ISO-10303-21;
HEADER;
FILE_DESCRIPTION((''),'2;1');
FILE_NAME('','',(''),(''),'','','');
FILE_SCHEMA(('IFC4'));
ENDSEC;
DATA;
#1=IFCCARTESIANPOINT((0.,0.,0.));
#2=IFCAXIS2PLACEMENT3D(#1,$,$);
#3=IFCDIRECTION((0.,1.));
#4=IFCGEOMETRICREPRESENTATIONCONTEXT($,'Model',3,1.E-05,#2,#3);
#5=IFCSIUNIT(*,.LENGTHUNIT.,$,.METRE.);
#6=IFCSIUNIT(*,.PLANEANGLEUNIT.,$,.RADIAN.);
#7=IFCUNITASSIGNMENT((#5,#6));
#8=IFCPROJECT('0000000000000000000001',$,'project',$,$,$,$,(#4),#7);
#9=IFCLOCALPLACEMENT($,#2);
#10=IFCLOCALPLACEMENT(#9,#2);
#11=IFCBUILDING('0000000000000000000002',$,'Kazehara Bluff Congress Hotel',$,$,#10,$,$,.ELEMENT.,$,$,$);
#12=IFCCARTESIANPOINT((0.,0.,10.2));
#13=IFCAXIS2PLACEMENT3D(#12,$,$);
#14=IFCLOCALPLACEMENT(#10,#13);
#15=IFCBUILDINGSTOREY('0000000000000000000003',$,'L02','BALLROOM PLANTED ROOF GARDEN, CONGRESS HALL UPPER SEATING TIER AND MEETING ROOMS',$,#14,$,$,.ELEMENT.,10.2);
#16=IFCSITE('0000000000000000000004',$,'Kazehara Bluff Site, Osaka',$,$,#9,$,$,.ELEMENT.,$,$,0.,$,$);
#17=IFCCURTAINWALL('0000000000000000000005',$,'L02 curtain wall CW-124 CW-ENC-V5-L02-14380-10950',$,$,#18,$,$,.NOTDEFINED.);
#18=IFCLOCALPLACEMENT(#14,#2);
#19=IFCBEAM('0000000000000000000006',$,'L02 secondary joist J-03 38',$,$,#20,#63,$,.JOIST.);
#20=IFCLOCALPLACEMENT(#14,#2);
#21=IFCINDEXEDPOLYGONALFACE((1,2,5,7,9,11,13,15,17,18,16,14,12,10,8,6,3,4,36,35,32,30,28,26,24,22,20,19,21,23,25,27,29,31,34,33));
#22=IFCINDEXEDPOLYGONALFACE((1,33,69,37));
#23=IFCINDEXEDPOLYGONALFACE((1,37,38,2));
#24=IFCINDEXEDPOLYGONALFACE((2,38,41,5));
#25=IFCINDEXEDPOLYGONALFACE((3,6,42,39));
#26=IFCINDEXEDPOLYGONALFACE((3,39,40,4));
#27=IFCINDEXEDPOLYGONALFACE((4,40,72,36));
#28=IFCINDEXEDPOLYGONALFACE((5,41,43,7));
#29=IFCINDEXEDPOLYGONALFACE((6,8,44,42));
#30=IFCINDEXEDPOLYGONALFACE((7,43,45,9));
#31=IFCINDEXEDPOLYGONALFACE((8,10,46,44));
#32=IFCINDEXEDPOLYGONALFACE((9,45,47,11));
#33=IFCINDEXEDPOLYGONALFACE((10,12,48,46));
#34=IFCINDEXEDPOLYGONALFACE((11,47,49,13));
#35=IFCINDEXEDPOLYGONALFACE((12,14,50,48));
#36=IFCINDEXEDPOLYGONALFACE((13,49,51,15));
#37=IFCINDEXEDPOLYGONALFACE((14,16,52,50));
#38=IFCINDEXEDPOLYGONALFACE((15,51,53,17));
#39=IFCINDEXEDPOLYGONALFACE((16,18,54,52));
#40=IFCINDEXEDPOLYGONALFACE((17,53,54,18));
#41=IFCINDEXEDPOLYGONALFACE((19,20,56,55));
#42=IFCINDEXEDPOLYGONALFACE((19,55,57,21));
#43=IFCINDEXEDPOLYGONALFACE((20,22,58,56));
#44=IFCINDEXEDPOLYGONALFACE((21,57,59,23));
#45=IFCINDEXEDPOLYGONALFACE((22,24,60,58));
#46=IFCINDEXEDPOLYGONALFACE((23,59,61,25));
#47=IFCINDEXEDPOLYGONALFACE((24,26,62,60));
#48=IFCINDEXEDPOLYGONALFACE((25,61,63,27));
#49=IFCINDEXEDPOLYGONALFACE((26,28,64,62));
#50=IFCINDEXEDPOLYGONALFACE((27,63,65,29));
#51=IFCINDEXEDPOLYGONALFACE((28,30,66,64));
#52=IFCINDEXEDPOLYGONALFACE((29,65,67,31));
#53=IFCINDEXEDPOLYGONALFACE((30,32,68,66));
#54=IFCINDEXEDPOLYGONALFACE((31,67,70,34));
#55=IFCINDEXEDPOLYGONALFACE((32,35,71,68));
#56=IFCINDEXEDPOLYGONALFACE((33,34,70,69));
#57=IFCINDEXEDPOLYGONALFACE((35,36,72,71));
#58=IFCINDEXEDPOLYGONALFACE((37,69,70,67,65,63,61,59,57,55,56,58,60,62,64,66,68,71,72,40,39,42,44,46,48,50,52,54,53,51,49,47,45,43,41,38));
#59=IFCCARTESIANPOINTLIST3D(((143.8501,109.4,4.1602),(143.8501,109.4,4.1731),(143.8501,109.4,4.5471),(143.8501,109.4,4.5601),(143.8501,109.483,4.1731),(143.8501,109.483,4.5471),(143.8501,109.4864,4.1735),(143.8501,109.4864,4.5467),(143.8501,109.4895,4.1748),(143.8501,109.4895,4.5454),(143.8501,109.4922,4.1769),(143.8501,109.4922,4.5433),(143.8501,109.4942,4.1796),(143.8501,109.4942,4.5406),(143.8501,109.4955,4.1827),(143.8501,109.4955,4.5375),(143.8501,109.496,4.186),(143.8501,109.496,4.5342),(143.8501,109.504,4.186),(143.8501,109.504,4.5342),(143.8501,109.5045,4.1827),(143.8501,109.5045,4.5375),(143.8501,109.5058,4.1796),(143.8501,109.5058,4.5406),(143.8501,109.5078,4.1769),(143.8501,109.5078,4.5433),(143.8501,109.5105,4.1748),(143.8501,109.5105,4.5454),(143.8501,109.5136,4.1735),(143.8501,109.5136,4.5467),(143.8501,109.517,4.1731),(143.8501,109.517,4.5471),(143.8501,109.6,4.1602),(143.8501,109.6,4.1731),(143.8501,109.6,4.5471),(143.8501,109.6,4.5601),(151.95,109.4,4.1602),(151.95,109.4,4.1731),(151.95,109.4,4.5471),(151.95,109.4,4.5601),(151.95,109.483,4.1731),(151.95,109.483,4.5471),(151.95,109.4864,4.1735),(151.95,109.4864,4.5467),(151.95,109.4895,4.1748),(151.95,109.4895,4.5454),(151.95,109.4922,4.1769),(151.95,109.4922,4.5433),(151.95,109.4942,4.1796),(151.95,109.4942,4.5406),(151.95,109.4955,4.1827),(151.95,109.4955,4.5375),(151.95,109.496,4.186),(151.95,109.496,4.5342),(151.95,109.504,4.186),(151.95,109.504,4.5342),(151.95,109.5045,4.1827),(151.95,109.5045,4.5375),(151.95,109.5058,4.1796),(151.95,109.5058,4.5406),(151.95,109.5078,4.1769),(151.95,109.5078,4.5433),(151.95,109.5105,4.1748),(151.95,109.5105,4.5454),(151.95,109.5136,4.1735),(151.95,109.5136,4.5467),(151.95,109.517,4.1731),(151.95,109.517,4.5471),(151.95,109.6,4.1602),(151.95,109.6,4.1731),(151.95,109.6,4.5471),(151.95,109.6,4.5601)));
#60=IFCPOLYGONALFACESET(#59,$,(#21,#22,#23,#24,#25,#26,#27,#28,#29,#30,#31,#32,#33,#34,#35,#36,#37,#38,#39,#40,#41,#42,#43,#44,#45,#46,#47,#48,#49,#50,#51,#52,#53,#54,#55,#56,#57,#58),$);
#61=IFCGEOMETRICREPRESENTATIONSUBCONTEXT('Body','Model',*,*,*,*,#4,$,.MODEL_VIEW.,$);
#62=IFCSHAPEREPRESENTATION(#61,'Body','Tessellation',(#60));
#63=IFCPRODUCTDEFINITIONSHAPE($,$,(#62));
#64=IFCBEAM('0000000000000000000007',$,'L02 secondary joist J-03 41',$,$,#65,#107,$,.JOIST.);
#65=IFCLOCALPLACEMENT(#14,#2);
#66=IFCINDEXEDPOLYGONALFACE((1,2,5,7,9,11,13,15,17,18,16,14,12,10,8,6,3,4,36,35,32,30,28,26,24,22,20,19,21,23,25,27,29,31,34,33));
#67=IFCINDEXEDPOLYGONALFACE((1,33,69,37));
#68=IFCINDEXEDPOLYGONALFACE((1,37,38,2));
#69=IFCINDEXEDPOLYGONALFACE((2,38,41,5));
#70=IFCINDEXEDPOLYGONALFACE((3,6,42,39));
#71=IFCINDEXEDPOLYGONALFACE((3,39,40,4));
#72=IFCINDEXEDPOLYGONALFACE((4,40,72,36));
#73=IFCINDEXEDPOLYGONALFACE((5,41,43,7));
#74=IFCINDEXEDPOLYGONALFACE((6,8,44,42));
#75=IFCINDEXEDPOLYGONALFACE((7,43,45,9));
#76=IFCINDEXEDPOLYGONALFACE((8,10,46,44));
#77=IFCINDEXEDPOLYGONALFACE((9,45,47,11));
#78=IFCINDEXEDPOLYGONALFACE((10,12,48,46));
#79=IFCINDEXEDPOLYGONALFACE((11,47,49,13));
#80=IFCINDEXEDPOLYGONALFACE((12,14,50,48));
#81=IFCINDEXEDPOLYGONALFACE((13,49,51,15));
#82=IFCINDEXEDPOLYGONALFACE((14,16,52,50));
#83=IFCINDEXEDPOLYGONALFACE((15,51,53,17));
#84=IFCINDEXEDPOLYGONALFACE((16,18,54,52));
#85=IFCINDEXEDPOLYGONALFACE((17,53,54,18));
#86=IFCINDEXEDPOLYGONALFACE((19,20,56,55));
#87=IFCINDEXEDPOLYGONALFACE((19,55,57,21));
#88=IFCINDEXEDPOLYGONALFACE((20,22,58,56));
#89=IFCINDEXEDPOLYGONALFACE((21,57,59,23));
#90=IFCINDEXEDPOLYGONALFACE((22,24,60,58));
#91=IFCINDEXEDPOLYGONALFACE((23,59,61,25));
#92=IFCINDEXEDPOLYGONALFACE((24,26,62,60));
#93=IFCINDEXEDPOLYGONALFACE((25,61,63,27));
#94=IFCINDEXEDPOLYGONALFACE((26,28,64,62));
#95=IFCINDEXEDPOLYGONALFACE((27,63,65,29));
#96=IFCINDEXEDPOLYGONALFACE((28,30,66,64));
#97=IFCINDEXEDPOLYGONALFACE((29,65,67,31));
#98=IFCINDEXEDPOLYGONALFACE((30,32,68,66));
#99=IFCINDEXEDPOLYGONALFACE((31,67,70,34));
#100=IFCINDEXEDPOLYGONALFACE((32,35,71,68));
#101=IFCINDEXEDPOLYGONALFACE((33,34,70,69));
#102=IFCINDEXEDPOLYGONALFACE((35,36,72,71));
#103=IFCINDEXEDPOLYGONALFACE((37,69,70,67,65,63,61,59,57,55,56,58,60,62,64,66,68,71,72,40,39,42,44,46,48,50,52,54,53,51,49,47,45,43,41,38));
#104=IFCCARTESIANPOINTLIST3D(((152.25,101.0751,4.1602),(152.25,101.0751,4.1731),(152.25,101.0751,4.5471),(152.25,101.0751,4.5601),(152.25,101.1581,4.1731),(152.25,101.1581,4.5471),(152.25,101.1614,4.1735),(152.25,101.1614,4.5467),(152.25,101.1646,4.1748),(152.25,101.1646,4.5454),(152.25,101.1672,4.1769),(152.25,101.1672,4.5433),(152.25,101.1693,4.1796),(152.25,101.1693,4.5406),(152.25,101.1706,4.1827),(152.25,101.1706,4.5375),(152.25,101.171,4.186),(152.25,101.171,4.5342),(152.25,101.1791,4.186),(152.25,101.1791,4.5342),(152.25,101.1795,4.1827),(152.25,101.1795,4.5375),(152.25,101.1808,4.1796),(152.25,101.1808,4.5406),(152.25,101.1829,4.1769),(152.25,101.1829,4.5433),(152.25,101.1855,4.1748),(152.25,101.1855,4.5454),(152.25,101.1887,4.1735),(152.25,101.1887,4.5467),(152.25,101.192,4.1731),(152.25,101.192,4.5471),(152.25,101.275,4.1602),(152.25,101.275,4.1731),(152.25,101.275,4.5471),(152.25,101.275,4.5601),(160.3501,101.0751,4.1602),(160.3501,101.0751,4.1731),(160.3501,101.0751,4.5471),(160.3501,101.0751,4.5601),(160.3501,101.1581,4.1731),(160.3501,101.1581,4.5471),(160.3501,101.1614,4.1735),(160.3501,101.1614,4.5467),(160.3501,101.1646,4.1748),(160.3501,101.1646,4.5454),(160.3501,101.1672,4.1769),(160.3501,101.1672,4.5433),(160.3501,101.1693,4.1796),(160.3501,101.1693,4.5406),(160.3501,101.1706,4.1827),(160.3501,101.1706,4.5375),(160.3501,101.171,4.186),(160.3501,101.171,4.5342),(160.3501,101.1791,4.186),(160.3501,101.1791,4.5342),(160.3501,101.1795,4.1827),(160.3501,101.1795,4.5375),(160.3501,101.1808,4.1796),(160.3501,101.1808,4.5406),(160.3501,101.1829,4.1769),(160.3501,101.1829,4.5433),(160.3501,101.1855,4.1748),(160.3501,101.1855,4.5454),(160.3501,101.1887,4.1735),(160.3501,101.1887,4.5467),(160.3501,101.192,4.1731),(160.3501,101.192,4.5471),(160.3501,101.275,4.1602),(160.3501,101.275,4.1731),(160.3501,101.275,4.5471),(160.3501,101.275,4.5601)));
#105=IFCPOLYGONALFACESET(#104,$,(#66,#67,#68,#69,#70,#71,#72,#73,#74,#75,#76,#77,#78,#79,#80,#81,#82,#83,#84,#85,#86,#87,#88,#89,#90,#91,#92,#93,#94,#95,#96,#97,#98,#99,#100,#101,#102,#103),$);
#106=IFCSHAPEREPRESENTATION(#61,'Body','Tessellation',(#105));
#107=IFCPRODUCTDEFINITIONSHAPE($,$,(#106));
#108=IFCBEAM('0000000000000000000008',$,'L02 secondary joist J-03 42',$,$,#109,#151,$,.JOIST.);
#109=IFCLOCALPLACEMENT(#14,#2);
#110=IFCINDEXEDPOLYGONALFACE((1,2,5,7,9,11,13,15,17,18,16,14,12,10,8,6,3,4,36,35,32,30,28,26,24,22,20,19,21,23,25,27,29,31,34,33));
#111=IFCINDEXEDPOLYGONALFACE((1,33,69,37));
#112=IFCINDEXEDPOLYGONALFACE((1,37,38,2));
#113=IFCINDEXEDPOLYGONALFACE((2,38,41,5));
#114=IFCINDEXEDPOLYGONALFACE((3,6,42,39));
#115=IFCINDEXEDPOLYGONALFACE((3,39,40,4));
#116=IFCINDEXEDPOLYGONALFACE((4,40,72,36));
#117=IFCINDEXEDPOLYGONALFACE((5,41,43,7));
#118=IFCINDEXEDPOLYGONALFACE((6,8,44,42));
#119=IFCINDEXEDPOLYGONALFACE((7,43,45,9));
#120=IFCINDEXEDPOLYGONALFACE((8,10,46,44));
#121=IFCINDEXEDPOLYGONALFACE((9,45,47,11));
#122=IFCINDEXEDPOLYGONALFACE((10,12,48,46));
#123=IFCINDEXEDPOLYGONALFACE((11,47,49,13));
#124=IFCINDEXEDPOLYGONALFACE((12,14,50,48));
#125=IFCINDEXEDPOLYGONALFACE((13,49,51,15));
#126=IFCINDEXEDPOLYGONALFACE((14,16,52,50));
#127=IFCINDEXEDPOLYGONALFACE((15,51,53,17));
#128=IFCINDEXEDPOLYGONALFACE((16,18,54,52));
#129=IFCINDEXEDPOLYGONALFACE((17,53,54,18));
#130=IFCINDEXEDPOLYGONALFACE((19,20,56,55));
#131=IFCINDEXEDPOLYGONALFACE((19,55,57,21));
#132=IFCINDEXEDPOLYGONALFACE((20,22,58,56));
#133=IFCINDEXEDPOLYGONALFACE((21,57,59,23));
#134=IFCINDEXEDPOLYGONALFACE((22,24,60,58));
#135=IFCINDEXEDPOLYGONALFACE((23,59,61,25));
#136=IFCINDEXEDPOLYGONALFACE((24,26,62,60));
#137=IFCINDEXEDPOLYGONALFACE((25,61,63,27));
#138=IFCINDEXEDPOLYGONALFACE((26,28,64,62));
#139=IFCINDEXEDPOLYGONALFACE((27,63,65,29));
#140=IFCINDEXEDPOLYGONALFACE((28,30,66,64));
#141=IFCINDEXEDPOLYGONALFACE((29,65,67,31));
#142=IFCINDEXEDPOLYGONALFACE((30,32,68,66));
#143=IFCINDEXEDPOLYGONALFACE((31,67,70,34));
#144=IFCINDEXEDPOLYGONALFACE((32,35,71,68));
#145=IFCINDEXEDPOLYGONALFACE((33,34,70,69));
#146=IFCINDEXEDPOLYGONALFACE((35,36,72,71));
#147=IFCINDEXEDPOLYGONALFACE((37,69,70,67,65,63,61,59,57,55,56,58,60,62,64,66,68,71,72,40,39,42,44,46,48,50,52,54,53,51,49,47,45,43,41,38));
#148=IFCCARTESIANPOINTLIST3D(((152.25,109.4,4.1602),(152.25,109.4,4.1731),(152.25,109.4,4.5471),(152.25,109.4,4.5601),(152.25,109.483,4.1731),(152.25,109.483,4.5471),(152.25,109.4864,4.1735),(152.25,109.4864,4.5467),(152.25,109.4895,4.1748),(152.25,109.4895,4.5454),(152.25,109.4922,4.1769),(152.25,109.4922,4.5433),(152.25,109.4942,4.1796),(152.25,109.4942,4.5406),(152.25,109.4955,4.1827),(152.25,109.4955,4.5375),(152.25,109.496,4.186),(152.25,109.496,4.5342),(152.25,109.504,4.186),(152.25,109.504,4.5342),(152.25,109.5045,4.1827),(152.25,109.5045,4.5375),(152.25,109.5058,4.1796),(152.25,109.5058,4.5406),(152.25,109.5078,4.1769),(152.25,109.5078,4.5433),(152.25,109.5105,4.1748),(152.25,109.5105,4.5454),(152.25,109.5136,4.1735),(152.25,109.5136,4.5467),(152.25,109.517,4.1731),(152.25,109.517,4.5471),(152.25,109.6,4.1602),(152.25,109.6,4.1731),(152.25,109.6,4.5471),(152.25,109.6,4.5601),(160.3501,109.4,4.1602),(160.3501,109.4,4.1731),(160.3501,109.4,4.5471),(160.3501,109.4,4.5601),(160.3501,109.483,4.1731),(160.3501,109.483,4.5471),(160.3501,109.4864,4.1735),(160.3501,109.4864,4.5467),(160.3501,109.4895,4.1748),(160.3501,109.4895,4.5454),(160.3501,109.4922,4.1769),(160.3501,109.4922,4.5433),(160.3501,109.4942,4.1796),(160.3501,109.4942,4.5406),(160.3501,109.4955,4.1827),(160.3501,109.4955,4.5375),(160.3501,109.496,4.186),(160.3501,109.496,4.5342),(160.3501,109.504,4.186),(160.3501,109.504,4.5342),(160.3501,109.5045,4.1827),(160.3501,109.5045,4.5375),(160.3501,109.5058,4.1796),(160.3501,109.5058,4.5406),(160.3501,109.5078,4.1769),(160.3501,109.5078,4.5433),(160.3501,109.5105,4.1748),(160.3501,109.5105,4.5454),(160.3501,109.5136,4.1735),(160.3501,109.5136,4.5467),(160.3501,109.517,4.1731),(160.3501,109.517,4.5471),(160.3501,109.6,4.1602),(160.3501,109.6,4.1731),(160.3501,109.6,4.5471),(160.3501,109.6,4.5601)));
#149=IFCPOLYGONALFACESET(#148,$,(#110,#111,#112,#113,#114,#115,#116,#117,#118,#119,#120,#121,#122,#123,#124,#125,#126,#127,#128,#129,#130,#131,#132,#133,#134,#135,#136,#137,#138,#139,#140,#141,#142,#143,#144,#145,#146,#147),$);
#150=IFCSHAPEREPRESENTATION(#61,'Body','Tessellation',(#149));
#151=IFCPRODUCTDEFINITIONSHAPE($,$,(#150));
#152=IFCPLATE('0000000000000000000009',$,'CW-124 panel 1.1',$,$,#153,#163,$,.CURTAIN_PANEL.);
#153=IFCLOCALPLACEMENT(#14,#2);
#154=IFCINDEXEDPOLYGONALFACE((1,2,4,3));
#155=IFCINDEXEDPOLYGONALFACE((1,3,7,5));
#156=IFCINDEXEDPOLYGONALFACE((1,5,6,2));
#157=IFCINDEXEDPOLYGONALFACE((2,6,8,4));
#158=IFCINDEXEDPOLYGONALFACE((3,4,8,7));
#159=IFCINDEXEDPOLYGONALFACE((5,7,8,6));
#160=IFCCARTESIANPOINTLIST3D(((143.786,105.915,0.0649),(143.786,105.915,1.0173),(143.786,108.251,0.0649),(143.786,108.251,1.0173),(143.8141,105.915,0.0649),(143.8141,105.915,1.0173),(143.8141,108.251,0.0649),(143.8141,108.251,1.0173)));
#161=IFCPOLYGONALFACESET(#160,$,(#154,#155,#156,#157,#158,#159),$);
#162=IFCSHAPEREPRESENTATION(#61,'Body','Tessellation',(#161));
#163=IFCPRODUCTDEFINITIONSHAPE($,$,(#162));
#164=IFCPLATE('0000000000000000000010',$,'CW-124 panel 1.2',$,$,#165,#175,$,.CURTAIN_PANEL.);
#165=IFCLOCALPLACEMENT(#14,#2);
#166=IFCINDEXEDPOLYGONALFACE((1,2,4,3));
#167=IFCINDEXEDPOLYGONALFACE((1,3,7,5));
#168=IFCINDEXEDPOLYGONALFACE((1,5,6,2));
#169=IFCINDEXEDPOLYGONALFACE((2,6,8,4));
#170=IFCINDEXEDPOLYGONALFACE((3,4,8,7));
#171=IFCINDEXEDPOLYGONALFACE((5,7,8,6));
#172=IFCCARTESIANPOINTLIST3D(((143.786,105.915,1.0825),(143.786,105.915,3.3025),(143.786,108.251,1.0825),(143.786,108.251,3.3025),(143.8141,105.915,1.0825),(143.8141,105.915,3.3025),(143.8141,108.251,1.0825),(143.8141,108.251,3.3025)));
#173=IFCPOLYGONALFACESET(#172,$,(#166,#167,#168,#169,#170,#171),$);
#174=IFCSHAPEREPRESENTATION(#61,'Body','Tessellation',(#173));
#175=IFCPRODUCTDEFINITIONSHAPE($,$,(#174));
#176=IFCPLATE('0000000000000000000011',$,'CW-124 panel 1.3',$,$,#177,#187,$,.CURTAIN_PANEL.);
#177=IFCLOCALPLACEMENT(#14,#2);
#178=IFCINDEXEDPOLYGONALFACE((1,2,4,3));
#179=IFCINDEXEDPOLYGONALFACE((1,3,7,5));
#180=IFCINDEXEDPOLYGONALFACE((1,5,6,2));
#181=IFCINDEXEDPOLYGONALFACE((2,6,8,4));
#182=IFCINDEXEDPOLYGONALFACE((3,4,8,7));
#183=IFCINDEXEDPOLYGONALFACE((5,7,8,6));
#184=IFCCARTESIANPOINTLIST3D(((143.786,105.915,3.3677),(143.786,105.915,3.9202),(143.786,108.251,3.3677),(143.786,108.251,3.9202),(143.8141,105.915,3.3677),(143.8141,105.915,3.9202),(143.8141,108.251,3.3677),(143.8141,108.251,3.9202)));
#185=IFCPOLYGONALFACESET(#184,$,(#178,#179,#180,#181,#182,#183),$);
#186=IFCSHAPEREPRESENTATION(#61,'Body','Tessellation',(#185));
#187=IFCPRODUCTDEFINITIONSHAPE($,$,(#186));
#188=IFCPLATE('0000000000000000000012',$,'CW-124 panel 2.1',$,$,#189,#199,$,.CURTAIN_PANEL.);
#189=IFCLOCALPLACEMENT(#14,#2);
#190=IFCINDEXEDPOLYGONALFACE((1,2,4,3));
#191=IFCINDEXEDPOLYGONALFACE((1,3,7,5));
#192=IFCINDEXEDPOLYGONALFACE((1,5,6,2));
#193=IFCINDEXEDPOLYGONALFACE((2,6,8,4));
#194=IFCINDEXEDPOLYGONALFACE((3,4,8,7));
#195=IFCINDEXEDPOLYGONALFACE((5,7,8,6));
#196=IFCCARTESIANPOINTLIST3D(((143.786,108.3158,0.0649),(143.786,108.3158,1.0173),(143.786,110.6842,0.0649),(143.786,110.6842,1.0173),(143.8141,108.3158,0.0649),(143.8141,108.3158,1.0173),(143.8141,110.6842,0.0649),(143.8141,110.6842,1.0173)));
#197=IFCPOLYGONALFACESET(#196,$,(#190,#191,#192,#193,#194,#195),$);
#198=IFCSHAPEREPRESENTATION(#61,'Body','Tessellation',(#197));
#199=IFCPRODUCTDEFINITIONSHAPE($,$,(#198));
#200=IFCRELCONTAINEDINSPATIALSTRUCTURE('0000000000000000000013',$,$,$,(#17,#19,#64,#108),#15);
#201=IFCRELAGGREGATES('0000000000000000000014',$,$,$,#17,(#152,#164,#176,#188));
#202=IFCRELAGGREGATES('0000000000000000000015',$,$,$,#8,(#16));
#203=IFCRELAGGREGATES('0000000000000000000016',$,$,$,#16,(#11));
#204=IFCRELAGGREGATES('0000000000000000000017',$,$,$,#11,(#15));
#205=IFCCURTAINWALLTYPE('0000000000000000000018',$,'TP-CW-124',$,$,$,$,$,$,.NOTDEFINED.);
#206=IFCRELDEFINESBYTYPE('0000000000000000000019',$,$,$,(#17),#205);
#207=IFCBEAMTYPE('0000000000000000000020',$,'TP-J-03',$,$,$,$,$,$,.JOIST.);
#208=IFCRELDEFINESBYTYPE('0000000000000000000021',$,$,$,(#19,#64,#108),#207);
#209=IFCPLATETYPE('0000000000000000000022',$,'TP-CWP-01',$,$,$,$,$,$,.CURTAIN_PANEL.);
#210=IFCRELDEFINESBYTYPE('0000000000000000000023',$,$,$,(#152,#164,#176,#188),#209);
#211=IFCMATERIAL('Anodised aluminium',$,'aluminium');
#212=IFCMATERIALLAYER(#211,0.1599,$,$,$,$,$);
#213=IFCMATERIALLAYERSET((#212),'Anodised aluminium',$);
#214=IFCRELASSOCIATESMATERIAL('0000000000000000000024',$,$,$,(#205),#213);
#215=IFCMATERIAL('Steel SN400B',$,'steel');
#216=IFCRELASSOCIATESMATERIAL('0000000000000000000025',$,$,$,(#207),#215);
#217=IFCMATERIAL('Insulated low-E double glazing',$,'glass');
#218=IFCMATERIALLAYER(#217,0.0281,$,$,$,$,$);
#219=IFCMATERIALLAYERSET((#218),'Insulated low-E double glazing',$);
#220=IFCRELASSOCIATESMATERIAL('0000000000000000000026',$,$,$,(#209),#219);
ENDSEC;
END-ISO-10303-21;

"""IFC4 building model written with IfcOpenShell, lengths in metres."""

from ifc_helpers import new_model, si_unit, direction, frame, origin, origin_2d, place, context, subcontext, project, spatial, rectangle, i_section, extrude, material, layer, layer_set, material_profile, profile_set, type_object, element, aggregate, save


model = new_model("IFC4")

# Units and contexts
model_context = context("Model", 3, precision=1e-05, world=origin(), true_north=direction((0.0, 1.0)))
body_context = subcontext(model_context, "Body", "Model", "MODEL_VIEW")
ifc_project = project(units=[si_unit("LENGTHUNIT", "METRE"), si_unit("PLANEANGLEUNIT", "RADIAN")], contexts=[model_context])

# Site, building, storey
site_placement = place(None, origin())
site = spatial("IfcSite", under=ifc_project, at=site_placement, Name="Kazehara Bluff Site, Osaka", CompositionType="ELEMENT", RefElevation=0.0)
building_placement = place(site_placement, origin())
building = spatial("IfcBuilding", under=site, at=building_placement, Name="Kazehara Bluff Congress Hotel", CompositionType="ELEMENT")
storey_placement = place(building_placement, frame((0.0, 0.0, 10.2)))
storey = spatial("IfcBuildingStorey", under=building, at=storey_placement, Name="L02", Description="BALLROOM PLANTED ROOF GARDEN, CONGRESS HALL UPPER SEATING TIER AND MEETING ROOMS", CompositionType="ELEMENT", Elevation=10.2)

# Curtain wall
ifc_material_1 = material(Name="Anodised aluminium", Category="aluminium")
ifc_layer_1 = layer(ifc_material_1, 0.1599)
ifc_layer_set_1 = layer_set([ifc_layer_1], Name="Anodised aluminium")
curtain_wall_type = type_object("IfcCurtainWallType", Name="TP-CW-124", PredefinedType="NOTDEFINED", material=ifc_layer_set_1)
curtain_wall_placement = place(storey_placement, origin())
curtain_wall = element("IfcCurtainWall", 1, at=curtain_wall_placement, inside=storey, type_object=curtain_wall_type, Name="L02 curtain wall CW-124 CW-ENC-V5-L02-14380-10950", PredefinedType="NOTDEFINED")

# Beams
ifc_material_2 = material(Name="Steel SN400B", Category="steel")
ifc_material_profile_1 = material_profile(ifc_material_2, i_section(OverallWidth=0.2, OverallDepth=0.3999, WebThickness=0.0081, FlangeThickness=0.0129, FilletRadius=0.0129, at=origin_2d()))
ifc_profile_set_1 = profile_set([ifc_material_profile_1], Name="Steel SN400B")
beam_type_1 = type_object("IfcBeamType", Name="TP-J-03", PredefinedType="JOIST", material=ifc_profile_set_1)
for number, where, z_axis, x_axis, name in (
    (2, (143.8501, 109.5, 4.3601), (1.0, 0.0, 0.0), (0.0, 1.0, 0.0), "L02 secondary joist J-03 38"),
):
    element("IfcBeam", number, at=place(storey_placement, frame(where, z_axis=z_axis, x_axis=x_axis)), inside=storey, type_object=beam_type_1, Name=name, PredefinedType="JOIST", context=body_context, shape_type="SweptSolid", body=[
        extrude(i_section(OverallWidth=0.2, OverallDepth=0.3999, WebThickness=0.0081, FlangeThickness=0.0129, FilletRadius=0.0129, at=origin_2d()), origin(), (0.0, 0.0, 1.0), 8.0999),
    ])
for number, where, z_axis, x_axis, name in (
    (3, (152.25, 101.175, 4.3601), (1.0, 0.0, 0.0), (0.0, 1.0, 0.0), "L02 secondary joist J-03 41"),
    (4, (152.25, 109.5, 4.3601), (1.0, 0.0, 0.0), (0.0, 1.0, 0.0), "L02 secondary joist J-03 42"),
):
    element("IfcBeam", number, at=place(storey_placement, frame(where, z_axis=z_axis, x_axis=x_axis)), inside=storey, type_object=beam_type_1, Name=name, PredefinedType="JOIST", context=body_context, shape_type="SweptSolid", body=[
        extrude(i_section(OverallWidth=0.2, OverallDepth=0.3999, WebThickness=0.0081, FlangeThickness=0.0129, FilletRadius=0.0129, at=origin_2d()), origin(), (0.0, 0.0, 1.0), 8.1001),
    ])

# Plates
ifc_material_3 = material(Name="Insulated low-E double glazing", Category="glass")
ifc_layer_2 = layer(ifc_material_3, 0.0281)
ifc_layer_set_2 = layer_set([ifc_layer_2], Name="Insulated low-E double glazing")
plate_type = type_object("IfcPlateType", Name="TP-CWP-01", PredefinedType="CURTAIN_PANEL", material=ifc_layer_set_2)
plate_1_placement = place(storey_placement, frame((143.8, 107.083, 0.0649), z_axis=(0.0, 0.0, 1.0), x_axis=(0.0, 1.0, 0.0)))
plate_1 = element("IfcPlate", 5, at=plate_1_placement, type_object=plate_type, Name="CW-124 panel 1.1", PredefinedType="CURTAIN_PANEL", context=body_context, shape_type="SweptSolid", body=[
    extrude(rectangle(XDim=2.3359, YDim=0.0281, at=origin_2d()), origin(), (0.0, 0.0, 1.0), 0.9524),
])
plate_2_placement = place(storey_placement, frame((143.8, 107.083, 1.0825), z_axis=(0.0, 0.0, 1.0), x_axis=(0.0, 1.0, 0.0)))
plate_2 = element("IfcPlate", 6, at=plate_2_placement, type_object=plate_type, Name="CW-124 panel 1.2", PredefinedType="CURTAIN_PANEL", context=body_context, shape_type="SweptSolid", body=[
    extrude(rectangle(XDim=2.3359, YDim=0.0281, at=origin_2d()), origin(), (0.0, 0.0, 1.0), 2.22),
])
plate_3_placement = place(storey_placement, frame((143.8, 107.083, 3.3677), z_axis=(0.0, 0.0, 1.0), x_axis=(0.0, 1.0, 0.0)))
plate_3 = element("IfcPlate", 7, at=plate_3_placement, type_object=plate_type, Name="CW-124 panel 1.3", PredefinedType="CURTAIN_PANEL", context=body_context, shape_type="SweptSolid", body=[
    extrude(rectangle(XDim=2.3359, YDim=0.0281, at=origin_2d()), origin(), (0.0, 0.0, 1.0), 0.5525),
])
plate_4_placement = place(storey_placement, frame((143.8, 109.5, 0.0649), z_axis=(0.0, 0.0, 1.0), x_axis=(0.0, 1.0, 0.0)))
plate_4 = element("IfcPlate", 8, at=plate_4_placement, type_object=plate_type, Name="CW-124 panel 2.1", PredefinedType="CURTAIN_PANEL", context=body_context, shape_type="SweptSolid", body=[
    extrude(rectangle(XDim=2.3684, YDim=0.0281, at=origin_2d()), origin(), (0.0, 0.0, 1.0), 0.9524),
])
aggregate(curtain_wall, [plate_1, plate_2, plate_3, plate_4])

save(model, "model.ifc")
